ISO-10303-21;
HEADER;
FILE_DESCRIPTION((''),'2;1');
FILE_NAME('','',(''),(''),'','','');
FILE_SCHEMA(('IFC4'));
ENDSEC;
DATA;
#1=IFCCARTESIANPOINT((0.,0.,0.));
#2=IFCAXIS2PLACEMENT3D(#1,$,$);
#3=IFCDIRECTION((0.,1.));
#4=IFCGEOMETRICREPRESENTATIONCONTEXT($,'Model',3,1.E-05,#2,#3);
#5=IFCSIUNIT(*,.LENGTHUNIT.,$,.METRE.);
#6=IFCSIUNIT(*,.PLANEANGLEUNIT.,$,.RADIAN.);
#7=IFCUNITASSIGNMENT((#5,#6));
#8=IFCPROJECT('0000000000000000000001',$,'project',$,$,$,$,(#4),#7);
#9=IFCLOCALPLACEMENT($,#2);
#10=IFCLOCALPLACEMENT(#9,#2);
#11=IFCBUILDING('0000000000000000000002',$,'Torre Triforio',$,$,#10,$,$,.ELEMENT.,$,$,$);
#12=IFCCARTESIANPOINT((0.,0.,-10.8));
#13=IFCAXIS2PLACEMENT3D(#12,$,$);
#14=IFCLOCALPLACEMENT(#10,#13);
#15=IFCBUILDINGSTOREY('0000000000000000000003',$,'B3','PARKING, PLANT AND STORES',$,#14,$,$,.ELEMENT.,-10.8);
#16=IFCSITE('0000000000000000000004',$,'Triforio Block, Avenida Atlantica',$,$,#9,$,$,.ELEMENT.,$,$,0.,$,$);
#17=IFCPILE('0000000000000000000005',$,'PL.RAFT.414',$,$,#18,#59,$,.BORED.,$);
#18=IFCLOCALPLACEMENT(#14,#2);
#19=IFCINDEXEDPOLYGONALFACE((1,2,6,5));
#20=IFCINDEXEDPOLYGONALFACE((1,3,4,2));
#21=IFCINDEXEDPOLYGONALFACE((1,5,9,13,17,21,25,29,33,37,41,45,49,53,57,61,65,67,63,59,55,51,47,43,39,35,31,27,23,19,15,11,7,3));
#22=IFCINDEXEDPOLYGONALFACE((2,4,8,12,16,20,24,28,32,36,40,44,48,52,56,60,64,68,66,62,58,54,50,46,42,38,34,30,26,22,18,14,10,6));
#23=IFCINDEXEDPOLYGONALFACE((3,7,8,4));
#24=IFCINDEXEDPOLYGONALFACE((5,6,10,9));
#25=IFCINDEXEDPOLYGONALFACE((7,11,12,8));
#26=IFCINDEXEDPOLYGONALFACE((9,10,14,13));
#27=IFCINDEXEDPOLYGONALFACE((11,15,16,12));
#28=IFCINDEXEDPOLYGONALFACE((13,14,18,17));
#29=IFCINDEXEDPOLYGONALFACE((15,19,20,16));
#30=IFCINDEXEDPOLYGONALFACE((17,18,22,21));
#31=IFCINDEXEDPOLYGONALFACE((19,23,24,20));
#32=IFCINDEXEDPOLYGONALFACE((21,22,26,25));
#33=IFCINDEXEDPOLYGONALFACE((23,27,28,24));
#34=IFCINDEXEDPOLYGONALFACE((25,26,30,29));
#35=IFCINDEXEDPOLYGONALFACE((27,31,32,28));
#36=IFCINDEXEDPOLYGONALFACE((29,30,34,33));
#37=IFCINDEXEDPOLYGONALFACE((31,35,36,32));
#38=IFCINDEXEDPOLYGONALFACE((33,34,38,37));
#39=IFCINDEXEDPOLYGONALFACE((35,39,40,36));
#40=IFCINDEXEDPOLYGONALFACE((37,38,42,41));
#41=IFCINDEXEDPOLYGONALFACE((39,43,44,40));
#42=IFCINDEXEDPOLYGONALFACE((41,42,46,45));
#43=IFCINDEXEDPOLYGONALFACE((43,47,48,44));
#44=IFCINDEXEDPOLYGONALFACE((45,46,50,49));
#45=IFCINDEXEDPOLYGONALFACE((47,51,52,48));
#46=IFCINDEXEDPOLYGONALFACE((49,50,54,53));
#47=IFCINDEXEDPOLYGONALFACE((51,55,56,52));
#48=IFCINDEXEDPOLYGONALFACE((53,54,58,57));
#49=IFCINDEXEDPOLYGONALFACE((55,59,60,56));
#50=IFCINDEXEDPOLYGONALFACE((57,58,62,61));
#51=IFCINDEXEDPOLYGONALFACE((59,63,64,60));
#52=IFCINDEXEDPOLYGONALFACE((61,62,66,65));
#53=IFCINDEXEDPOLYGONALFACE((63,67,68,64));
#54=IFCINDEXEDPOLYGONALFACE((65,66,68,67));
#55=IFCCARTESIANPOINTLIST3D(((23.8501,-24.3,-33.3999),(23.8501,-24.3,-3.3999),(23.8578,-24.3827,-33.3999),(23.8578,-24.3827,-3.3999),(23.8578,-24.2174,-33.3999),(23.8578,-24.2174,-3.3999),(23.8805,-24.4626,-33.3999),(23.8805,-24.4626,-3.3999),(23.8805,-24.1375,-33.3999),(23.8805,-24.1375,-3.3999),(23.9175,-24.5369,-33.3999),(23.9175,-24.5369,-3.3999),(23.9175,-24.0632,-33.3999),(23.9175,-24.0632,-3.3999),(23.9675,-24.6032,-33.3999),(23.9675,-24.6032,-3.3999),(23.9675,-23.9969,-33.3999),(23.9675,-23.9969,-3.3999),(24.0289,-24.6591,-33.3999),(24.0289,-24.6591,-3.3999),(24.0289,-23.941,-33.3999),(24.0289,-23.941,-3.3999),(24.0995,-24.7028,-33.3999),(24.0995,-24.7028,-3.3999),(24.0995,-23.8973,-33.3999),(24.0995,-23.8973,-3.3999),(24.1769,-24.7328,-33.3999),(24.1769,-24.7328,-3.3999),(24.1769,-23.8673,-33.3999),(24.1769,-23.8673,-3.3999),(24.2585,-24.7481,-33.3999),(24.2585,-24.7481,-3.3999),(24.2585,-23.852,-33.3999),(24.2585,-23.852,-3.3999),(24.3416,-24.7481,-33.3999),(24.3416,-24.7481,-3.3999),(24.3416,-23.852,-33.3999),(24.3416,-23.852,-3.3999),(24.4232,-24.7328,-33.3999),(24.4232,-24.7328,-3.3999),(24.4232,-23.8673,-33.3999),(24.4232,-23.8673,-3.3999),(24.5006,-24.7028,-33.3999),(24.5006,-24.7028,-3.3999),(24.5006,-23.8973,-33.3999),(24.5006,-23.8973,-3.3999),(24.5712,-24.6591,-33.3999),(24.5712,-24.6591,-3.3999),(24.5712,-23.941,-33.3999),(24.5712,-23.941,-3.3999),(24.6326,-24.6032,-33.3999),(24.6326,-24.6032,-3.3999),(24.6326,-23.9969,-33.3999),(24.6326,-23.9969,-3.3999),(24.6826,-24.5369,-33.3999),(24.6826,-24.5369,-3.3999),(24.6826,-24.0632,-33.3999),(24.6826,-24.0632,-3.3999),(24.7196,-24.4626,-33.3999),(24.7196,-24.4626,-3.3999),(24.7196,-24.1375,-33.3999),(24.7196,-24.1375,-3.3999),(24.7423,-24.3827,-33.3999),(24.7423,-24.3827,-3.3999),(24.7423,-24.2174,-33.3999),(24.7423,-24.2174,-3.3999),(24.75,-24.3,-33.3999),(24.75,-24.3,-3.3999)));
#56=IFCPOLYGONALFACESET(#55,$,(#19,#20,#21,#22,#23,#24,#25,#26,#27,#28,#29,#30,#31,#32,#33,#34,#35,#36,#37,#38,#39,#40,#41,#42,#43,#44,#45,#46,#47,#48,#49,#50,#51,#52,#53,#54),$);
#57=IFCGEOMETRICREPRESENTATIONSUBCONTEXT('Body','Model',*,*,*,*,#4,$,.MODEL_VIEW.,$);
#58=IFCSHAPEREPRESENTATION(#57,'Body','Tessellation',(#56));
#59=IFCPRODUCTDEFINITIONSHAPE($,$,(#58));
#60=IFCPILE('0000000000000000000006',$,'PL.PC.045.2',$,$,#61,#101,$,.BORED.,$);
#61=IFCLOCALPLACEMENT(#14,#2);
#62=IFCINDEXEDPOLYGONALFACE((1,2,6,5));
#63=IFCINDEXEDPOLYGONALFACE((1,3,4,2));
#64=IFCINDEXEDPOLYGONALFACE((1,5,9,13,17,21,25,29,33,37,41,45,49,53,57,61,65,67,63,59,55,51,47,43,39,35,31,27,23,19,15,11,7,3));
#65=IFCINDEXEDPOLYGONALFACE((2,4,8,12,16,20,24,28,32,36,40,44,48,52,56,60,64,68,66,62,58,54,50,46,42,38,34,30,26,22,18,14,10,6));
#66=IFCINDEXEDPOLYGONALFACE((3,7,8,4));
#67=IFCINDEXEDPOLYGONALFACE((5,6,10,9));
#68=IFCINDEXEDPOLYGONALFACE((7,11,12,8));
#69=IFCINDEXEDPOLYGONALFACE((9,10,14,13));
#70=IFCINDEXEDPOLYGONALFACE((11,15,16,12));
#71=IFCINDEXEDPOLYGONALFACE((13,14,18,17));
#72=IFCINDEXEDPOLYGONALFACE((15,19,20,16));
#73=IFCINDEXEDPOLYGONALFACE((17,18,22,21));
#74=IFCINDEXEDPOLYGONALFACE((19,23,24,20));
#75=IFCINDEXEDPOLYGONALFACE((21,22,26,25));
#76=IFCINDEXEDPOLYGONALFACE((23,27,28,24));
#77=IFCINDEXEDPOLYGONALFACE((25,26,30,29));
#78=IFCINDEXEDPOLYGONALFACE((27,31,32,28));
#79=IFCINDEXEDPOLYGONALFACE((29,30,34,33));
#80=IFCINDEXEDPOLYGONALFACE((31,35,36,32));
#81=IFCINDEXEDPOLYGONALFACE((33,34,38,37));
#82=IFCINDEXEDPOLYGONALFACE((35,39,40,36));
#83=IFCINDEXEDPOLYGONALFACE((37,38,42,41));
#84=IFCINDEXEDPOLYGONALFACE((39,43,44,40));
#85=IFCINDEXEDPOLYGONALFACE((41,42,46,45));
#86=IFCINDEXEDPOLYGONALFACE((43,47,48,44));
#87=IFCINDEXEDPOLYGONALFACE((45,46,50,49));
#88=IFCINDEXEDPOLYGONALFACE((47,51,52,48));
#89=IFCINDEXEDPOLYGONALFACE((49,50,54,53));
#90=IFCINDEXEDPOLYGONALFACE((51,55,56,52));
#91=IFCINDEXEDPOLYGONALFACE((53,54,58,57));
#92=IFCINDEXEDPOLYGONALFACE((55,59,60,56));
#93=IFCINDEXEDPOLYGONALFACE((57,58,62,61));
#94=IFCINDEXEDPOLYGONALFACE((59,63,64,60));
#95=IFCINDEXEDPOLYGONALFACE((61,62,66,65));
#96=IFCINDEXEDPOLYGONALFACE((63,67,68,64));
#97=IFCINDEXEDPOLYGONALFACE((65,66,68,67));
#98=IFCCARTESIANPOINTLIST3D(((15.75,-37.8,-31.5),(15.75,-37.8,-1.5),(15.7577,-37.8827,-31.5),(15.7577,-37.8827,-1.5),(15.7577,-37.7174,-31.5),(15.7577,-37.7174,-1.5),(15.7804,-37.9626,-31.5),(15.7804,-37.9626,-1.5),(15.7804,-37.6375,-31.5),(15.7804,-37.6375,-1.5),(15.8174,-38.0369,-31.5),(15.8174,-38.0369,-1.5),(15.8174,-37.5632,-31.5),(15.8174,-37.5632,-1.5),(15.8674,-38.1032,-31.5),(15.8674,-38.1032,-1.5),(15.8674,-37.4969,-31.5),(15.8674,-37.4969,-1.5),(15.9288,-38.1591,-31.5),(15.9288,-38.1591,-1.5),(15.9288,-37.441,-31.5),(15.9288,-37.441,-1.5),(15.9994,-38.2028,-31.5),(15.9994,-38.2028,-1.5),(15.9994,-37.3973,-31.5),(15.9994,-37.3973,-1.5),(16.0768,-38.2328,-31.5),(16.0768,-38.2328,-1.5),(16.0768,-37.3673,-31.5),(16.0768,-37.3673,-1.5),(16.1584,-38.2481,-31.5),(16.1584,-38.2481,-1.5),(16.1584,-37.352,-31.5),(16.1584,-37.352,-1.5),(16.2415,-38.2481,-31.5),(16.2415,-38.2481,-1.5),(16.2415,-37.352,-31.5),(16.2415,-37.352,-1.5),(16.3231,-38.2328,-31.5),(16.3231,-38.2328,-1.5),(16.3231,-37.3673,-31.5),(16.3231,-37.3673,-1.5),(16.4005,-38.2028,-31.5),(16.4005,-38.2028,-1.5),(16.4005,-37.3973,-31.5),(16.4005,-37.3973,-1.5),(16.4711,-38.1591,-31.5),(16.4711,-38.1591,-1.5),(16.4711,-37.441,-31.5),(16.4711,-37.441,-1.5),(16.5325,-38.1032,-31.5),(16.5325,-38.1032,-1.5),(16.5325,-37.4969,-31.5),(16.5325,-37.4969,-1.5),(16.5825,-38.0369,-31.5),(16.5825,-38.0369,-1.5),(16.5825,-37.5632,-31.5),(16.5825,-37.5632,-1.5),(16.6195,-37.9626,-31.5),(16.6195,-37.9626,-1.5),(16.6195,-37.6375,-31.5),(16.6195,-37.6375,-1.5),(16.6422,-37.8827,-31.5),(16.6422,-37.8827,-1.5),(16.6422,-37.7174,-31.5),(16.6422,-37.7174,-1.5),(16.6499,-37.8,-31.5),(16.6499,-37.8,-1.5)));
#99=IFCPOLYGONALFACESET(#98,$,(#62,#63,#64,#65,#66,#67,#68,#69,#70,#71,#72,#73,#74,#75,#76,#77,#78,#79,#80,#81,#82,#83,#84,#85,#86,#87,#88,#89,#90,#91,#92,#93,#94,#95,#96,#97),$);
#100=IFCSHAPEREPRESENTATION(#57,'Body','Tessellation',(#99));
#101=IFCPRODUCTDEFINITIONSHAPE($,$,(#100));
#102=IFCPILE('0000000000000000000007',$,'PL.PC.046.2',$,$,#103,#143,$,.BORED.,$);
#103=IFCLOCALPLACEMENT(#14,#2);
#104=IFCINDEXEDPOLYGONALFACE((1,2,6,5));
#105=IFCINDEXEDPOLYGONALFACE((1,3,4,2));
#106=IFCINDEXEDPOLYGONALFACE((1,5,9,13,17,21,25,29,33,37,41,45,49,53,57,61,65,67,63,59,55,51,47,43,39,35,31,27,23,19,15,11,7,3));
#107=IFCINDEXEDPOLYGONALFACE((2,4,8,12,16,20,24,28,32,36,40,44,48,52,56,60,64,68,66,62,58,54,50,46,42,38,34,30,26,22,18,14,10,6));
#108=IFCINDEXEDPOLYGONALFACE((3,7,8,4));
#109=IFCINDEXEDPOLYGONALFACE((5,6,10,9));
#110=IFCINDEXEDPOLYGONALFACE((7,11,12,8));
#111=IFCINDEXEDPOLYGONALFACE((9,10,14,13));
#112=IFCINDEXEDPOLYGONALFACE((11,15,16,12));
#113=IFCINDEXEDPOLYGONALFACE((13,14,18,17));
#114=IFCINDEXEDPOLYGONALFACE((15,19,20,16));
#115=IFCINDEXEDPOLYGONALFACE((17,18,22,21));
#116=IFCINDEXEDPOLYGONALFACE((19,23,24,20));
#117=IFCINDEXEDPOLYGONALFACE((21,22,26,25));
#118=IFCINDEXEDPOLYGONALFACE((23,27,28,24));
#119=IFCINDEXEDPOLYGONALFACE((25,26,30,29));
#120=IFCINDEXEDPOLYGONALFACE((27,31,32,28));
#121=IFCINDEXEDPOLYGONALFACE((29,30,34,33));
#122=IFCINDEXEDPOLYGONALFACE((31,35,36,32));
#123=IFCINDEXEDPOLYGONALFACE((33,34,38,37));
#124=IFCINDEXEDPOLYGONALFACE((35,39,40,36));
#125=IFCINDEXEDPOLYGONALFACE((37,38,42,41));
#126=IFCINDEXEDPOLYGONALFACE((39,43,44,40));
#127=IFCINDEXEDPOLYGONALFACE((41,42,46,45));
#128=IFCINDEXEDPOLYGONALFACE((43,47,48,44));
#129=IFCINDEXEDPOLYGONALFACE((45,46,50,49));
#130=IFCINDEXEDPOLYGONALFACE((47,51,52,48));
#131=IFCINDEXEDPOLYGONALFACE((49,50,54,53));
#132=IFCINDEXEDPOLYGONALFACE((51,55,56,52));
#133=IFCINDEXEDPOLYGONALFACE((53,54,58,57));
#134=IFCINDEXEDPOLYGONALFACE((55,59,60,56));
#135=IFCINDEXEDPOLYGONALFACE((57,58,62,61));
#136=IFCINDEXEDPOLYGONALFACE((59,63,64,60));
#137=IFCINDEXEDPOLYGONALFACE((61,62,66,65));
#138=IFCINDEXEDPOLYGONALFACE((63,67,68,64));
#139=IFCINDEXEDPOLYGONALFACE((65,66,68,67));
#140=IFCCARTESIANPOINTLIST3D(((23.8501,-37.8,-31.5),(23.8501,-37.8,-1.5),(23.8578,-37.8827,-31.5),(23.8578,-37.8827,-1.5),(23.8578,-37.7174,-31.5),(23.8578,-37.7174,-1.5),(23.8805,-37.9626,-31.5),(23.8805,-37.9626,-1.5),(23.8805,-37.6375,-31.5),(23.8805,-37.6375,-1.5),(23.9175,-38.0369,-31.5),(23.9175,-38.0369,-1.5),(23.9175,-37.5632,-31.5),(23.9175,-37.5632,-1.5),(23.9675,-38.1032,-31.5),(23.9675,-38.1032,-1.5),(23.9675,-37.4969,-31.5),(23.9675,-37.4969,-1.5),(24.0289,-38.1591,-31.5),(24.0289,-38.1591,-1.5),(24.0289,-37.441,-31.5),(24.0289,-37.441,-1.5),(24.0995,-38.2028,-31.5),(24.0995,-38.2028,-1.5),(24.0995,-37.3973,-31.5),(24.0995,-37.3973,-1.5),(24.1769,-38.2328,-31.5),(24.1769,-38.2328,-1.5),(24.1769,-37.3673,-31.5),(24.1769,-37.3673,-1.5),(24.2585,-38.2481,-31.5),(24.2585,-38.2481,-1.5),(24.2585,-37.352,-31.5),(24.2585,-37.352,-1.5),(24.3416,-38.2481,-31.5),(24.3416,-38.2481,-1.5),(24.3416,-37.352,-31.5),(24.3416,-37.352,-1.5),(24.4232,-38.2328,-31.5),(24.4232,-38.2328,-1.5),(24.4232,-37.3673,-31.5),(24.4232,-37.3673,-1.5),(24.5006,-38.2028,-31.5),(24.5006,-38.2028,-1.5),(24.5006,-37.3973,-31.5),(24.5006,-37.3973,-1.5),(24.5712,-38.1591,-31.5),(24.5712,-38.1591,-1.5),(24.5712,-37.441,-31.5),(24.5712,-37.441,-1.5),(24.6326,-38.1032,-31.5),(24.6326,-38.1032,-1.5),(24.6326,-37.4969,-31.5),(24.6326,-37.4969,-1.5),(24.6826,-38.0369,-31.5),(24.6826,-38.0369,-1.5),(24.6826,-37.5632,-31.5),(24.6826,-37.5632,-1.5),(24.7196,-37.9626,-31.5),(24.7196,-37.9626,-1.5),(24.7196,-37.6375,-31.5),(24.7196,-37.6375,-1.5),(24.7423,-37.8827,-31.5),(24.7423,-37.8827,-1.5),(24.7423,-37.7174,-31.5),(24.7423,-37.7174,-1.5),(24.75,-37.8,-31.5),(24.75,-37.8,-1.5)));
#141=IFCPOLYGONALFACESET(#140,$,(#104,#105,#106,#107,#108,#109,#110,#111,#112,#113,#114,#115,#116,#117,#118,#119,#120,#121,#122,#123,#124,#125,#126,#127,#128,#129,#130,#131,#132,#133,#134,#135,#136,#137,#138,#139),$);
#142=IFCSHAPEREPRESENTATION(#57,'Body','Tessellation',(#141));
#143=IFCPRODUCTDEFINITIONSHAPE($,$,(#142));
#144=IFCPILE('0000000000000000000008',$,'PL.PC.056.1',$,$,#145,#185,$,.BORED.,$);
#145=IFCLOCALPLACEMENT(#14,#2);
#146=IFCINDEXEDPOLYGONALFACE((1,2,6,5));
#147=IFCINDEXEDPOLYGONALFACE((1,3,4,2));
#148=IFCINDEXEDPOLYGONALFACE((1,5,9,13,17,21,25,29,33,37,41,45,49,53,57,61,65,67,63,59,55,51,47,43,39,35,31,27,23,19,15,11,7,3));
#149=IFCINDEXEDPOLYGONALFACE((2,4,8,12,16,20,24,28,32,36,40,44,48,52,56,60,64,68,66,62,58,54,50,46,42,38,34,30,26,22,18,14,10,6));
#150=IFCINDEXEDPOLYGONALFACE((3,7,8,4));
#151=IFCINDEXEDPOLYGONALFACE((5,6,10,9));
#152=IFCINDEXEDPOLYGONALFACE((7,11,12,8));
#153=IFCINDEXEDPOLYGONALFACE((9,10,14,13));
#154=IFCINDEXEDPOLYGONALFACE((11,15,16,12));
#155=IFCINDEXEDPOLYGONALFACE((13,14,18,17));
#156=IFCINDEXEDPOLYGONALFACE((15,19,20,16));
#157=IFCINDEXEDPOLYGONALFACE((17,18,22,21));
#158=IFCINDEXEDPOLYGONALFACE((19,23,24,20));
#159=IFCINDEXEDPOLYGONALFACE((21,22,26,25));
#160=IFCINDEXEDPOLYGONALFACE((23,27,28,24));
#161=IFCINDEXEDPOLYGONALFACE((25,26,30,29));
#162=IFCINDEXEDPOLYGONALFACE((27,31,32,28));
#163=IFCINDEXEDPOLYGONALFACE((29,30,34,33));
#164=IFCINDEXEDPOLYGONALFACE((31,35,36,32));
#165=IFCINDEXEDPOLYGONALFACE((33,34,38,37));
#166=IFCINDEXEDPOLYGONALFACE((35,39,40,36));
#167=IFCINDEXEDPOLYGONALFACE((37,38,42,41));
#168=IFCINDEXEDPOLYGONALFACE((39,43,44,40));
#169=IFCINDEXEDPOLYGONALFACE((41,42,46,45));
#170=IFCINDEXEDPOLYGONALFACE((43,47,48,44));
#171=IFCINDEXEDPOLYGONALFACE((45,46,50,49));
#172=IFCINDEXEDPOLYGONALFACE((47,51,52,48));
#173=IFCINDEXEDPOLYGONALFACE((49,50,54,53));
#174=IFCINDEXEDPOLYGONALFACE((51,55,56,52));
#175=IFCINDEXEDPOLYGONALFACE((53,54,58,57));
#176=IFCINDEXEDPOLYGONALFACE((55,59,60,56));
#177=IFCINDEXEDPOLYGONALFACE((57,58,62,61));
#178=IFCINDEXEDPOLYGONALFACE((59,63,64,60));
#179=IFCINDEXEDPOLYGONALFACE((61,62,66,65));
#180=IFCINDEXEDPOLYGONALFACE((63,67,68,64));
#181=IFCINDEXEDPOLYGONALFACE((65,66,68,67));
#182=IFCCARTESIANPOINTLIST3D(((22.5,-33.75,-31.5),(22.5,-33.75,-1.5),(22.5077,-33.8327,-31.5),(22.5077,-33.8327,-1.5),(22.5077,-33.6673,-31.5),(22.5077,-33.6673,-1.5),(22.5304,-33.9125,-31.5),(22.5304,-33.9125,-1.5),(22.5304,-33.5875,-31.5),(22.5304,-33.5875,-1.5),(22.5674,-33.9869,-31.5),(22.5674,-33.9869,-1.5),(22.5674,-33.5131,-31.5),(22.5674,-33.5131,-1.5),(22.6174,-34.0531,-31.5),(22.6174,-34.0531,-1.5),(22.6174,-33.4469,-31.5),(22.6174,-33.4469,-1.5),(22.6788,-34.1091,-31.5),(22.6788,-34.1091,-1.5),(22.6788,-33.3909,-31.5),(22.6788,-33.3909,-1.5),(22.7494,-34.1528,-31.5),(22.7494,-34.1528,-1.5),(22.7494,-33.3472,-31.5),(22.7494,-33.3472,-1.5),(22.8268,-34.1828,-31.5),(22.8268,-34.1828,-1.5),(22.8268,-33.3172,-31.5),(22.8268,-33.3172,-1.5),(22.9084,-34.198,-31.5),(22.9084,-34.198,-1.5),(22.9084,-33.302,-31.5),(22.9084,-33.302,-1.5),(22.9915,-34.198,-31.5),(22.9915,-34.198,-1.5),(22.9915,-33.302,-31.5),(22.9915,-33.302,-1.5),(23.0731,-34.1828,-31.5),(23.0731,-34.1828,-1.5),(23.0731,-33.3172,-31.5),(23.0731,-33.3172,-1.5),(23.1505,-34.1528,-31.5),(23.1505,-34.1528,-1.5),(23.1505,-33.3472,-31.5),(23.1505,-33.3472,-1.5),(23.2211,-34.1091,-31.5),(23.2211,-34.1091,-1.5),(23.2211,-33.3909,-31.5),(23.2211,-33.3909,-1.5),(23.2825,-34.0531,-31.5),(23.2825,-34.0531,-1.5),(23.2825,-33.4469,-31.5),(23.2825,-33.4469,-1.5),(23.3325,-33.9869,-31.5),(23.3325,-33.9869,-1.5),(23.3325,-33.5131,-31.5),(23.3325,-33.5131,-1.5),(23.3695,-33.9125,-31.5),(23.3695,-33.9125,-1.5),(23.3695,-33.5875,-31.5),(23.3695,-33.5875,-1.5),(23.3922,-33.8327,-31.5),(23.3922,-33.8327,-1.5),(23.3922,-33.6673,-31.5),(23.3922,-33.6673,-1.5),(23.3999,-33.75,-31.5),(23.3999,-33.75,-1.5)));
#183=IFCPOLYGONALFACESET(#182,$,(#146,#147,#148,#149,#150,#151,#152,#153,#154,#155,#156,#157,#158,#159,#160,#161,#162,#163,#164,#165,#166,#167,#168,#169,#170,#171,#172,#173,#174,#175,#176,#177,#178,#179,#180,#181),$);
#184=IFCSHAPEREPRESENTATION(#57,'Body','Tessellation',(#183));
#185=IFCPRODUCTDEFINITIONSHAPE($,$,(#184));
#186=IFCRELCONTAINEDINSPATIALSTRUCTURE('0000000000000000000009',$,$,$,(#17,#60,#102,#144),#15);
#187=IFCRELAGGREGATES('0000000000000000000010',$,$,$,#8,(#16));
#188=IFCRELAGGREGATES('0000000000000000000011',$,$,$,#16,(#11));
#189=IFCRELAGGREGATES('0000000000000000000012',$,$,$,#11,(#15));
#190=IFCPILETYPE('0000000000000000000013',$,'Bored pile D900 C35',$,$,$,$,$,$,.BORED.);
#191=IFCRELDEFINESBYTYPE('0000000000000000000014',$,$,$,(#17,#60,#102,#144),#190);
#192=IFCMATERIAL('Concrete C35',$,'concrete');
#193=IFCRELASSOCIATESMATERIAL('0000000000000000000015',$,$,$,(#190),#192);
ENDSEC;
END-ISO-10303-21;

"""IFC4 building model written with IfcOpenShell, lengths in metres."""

from ifc_helpers import new_model, si_unit, direction, frame, origin, origin_2d, place, context, subcontext, project, spatial, circle, extrude, material, material_profile, profile_set, type_object, element, save


model = new_model("IFC4")

# Units and contexts
model_context = context("Model", 3, precision=1e-05, world=origin(), true_north=direction((0.0, 1.0)))
body_context = subcontext(model_context, "Body", "Model", "MODEL_VIEW")
ifc_project = project(units=[si_unit("LENGTHUNIT", "METRE"), si_unit("PLANEANGLEUNIT", "RADIAN")], contexts=[model_context])

# Site, building, storey
site_placement = place(None, origin())
site = spatial("IfcSite", under=ifc_project, at=site_placement, Name="Triforio Block, Avenida Atlantica", CompositionType="ELEMENT", RefElevation=0.0)
building_placement = place(site_placement, origin())
building = spatial("IfcBuilding", under=site, at=building_placement, Name="Torre Triforio", CompositionType="ELEMENT")
storey_placement = place(building_placement, frame((0.0, 0.0, -10.8)))
storey = spatial("IfcBuildingStorey", under=building, at=storey_placement, Name="B3", Description="PARKING, PLANT AND STORES", CompositionType="ELEMENT", Elevation=-10.8)

# Piles
ifc_material_1 = material(Name="Concrete C35", Category="concrete")
ifc_material_profile_1 = material_profile(ifc_material_1, circle(Radius=0.45, at=origin_2d()), Name="RC D900")
ifc_profile_set_1 = profile_set([ifc_material_profile_1], Name="Concrete C35")
pile_type = type_object("IfcPileType", Name="Bored pile D900 C35", PredefinedType="BORED", material=ifc_profile_set_1)
for number, where, z_axis, x_axis, name in (
    (1, (24.3, -24.3, -3.3999), (0.0, 0.0, -1.0), (1.0, 0.0, 0.0), "PL.RAFT.414"),
    (2, (16.2, -37.8, -1.5), (0.0, 0.0, -1.0), (1.0, 0.0, 0.0), "PL.PC.045.2"),
    (3, (24.3, -37.8, -1.5), (0.0, 0.0, -1.0), (1.0, 0.0, 0.0), "PL.PC.046.2"),
    (4, (22.95, -33.75, -1.5), (0.0, 0.0, -1.0), (1.0, 0.0, 0.0), "PL.PC.056.1"),
):
    element("IfcPile", number, at=place(storey_placement, frame(where, z_axis=z_axis, x_axis=x_axis)), inside=storey, type_object=pile_type, Name=name, PredefinedType="BORED", context=body_context, shape_type="SweptSolid", body=[
        extrude(circle(Radius=0.45, at=origin_2d()), origin(), (0.0, 0.0, 1.0), 30.0),
    ])

save(model, "model.ifc")
